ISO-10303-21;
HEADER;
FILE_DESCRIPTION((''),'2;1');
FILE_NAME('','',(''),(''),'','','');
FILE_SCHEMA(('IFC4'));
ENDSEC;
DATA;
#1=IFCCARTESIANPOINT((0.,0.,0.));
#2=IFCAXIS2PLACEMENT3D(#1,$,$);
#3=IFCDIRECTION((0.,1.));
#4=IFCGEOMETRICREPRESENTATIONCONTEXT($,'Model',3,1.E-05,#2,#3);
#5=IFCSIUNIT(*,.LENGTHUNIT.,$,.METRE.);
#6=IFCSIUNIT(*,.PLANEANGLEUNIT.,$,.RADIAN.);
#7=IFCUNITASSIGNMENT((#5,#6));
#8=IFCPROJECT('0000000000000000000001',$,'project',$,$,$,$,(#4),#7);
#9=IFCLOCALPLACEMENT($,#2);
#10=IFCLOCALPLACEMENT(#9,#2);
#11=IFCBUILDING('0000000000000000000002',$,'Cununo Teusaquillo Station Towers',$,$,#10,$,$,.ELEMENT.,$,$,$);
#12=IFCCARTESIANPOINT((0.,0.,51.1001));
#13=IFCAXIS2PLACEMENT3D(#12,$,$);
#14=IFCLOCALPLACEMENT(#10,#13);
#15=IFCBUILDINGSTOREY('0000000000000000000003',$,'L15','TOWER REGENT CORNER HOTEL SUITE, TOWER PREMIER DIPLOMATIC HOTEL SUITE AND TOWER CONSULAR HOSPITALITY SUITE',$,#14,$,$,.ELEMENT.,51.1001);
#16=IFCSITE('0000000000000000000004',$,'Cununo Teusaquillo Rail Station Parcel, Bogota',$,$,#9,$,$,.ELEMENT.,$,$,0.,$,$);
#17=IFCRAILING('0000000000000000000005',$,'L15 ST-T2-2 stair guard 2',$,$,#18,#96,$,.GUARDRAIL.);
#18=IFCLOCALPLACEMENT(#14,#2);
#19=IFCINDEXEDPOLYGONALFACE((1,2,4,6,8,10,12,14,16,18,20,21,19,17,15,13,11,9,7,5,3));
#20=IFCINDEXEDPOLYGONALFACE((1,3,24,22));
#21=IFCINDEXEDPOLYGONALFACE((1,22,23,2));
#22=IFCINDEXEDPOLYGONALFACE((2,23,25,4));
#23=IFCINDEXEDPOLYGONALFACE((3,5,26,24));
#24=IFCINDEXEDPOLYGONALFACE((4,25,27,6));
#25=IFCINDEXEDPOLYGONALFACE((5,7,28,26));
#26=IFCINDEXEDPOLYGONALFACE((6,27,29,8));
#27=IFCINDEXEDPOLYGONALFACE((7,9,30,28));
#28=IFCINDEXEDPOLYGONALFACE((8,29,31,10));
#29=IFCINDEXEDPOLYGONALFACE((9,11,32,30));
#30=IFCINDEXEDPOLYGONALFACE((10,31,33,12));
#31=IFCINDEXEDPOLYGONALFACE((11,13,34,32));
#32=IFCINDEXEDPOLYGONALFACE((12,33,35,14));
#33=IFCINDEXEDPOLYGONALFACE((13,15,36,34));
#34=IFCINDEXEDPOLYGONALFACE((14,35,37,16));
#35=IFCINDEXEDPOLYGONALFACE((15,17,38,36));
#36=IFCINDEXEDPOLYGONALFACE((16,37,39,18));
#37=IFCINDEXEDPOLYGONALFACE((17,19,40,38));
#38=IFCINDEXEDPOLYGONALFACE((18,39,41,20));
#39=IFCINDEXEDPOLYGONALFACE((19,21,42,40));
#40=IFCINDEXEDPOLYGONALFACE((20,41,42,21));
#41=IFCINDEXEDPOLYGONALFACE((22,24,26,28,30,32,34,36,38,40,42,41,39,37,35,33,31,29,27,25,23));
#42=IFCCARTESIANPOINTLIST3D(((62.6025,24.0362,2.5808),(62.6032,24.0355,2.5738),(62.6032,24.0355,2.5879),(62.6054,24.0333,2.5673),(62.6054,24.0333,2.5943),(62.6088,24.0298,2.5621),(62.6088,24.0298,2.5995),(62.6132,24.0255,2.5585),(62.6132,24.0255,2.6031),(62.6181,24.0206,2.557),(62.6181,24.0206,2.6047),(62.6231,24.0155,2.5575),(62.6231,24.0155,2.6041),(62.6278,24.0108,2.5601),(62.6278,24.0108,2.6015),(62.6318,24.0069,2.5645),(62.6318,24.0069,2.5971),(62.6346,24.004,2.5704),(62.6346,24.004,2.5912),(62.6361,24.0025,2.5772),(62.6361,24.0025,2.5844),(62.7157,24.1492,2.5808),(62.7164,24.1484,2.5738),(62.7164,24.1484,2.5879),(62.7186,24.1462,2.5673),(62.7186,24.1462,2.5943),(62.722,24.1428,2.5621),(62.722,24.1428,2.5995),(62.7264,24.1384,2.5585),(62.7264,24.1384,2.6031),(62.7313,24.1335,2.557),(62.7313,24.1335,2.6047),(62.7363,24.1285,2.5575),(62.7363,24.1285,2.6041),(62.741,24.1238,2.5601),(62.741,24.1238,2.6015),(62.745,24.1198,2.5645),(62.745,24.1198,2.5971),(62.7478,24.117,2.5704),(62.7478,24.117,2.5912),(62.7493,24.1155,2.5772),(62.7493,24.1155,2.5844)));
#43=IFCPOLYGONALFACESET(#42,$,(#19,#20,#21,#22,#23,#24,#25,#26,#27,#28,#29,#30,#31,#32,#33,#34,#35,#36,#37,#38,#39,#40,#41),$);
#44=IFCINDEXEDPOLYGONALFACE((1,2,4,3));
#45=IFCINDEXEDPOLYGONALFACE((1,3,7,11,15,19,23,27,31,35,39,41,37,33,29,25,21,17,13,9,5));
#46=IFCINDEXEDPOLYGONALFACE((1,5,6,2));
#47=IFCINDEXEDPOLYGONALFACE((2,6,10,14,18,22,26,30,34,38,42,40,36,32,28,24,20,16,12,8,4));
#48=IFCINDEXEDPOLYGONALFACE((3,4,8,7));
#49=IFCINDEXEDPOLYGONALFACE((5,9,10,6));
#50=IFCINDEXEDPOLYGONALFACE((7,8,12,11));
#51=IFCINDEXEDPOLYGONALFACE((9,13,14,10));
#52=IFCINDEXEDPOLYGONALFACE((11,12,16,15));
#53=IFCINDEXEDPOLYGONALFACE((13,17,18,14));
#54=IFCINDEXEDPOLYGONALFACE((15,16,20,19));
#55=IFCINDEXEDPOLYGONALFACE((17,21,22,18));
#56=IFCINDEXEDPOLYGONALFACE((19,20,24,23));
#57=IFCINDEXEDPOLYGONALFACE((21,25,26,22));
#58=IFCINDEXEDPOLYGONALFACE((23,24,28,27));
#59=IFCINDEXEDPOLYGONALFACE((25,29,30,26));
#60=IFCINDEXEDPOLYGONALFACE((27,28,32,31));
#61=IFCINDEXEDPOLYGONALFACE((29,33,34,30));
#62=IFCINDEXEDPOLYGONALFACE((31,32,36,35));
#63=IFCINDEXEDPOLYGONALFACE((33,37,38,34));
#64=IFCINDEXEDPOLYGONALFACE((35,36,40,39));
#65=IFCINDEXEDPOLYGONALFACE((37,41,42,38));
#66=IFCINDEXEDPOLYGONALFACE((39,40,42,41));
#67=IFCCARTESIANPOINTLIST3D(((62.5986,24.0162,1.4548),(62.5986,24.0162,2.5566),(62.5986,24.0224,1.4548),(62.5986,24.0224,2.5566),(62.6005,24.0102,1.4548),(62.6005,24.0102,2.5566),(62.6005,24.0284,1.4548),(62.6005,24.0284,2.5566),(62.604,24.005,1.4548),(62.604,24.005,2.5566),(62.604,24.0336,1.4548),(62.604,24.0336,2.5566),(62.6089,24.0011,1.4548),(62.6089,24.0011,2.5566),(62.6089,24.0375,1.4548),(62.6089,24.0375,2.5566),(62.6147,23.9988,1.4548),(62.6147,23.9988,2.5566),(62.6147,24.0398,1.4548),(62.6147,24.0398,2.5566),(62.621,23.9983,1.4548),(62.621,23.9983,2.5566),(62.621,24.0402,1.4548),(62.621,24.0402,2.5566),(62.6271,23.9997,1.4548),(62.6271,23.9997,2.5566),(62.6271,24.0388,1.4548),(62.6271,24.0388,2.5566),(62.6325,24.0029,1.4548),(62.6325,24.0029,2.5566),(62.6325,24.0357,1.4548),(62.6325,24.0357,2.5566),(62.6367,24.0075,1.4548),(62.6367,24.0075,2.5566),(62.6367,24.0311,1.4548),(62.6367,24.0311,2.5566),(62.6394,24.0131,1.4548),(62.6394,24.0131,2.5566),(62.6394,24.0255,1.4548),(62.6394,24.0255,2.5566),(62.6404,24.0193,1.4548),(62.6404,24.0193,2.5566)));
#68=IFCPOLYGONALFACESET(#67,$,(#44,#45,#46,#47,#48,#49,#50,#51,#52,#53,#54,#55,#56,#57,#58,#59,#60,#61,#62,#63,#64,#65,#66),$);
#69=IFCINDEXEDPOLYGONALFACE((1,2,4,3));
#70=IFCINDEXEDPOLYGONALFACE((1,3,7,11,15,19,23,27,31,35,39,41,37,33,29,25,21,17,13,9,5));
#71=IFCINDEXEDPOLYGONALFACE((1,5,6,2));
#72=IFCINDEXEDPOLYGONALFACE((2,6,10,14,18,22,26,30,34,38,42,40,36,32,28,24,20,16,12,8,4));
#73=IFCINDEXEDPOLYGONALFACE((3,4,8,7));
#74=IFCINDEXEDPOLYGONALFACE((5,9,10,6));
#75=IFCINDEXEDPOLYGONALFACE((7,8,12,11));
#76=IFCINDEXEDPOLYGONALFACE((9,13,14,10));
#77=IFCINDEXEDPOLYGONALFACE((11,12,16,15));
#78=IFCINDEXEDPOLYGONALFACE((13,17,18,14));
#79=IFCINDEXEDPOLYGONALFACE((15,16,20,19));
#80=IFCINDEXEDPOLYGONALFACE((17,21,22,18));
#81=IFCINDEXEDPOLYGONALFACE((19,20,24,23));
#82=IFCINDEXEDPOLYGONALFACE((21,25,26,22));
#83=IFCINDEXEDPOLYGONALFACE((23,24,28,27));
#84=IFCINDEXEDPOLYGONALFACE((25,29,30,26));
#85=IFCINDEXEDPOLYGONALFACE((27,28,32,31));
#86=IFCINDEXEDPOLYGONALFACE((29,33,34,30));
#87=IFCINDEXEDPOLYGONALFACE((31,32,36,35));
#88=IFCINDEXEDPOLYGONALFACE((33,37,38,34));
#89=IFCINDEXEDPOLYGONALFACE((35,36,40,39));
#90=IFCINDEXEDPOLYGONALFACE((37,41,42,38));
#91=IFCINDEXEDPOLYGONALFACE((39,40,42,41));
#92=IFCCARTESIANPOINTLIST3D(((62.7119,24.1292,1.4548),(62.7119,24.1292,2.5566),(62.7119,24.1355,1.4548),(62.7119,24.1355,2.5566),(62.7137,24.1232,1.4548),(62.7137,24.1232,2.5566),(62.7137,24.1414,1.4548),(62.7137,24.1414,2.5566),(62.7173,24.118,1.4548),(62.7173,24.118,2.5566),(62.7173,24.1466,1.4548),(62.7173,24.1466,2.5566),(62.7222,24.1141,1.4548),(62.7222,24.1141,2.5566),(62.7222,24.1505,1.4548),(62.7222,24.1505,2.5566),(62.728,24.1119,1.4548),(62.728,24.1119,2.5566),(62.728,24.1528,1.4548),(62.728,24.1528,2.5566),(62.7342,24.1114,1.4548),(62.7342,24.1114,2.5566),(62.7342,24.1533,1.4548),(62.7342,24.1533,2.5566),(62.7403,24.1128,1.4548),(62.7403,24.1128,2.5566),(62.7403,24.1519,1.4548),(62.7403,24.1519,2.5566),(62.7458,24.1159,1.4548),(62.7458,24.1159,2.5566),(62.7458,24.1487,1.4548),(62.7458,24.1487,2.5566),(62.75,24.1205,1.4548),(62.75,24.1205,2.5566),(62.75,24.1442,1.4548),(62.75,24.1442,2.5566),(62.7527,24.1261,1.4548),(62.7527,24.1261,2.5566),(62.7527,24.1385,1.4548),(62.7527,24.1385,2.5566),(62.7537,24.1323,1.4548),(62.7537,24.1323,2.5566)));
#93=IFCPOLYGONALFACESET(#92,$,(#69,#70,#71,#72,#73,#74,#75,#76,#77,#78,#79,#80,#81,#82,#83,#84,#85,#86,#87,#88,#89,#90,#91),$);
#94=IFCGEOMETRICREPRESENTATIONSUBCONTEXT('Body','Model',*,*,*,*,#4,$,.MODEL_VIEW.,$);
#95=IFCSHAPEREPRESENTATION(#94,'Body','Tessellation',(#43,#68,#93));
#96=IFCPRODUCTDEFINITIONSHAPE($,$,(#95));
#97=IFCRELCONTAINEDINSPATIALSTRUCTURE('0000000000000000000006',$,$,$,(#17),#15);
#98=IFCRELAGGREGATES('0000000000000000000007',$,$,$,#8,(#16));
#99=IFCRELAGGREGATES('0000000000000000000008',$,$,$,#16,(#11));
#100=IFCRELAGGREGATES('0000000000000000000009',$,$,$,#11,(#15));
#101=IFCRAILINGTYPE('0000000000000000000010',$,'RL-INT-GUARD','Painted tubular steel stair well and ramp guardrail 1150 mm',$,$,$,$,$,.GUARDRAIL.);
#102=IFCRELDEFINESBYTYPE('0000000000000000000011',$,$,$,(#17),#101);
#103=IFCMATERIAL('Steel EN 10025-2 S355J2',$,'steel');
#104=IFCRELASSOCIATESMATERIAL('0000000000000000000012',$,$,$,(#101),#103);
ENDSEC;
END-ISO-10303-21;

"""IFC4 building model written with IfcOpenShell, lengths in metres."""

from ifc_helpers import new_model, si_unit, direction, frame, origin, origin_2d, place, context, subcontext, project, spatial, circle, extrude, material, type_object, element, save


model = new_model("IFC4")

# Units and contexts
model_context = context("Model", 3, precision=1e-05, world=origin(), true_north=direction((0.0, 1.0)))
body_context = subcontext(model_context, "Body", "Model", "MODEL_VIEW")
ifc_project = project(units=[si_unit("LENGTHUNIT", "METRE"), si_unit("PLANEANGLEUNIT", "RADIAN")], contexts=[model_context])

# Site, building, storey
site_placement = place(None, origin())
site = spatial("IfcSite", under=ifc_project, at=site_placement, Name="Cununo Teusaquillo Rail Station Parcel, Bogota", CompositionType="ELEMENT", RefElevation=0.0)
building_placement = place(site_placement, origin())
building = spatial("IfcBuilding", under=site, at=building_placement, Name="Cununo Teusaquillo Station Towers", CompositionType="ELEMENT")
storey_placement = place(building_placement, frame((0.0, 0.0, 51.1001)))
storey = spatial("IfcBuildingStorey", under=building, at=storey_placement, Name="L15", Description="TOWER REGENT CORNER HOTEL SUITE, TOWER PREMIER DIPLOMATIC HOTEL SUITE AND TOWER CONSULAR HOSPITALITY SUITE", CompositionType="ELEMENT", Elevation=51.1001)

# Railing
ifc_material_1 = material(Name="Steel EN 10025-2 S355J2", Category="steel")
railing_type = type_object("IfcRailingType", Name="RL-INT-GUARD", Description="Painted tubular steel stair well and ramp guardrail 1150 mm", PredefinedType="GUARDRAIL", material=ifc_material_1)
railing_1_placement = place(storey_placement, frame((62.6194, 24.0193, 1.4548)))
element("IfcRailing", 1, at=railing_1_placement, inside=storey, type_object=railing_type, Name="L15 ST-T2-2 stair guard 2", PredefinedType="GUARDRAIL", context=body_context, shape_type="SweptSolid", body=[
    extrude(circle(Radius=0.0239, at=origin_2d()), frame((0.0, 0.0, 1.126), z_axis=(0.707869, 0.706344, 0.0), x_axis=(-0.706344, 0.707869, 0.0)), (0.0, 0.0, 1.0), 0.1599),
    extrude(circle(Radius=0.021, at=origin_2d()), origin(), (0.0, 0.0, 1.0), 1.1018),
    extrude(circle(Radius=0.021, at=origin_2d()), frame((0.1133, 0.113, 0.0)), (0.0, 0.0, 1.0), 1.1018),
])

save(model, "model.ifc")
